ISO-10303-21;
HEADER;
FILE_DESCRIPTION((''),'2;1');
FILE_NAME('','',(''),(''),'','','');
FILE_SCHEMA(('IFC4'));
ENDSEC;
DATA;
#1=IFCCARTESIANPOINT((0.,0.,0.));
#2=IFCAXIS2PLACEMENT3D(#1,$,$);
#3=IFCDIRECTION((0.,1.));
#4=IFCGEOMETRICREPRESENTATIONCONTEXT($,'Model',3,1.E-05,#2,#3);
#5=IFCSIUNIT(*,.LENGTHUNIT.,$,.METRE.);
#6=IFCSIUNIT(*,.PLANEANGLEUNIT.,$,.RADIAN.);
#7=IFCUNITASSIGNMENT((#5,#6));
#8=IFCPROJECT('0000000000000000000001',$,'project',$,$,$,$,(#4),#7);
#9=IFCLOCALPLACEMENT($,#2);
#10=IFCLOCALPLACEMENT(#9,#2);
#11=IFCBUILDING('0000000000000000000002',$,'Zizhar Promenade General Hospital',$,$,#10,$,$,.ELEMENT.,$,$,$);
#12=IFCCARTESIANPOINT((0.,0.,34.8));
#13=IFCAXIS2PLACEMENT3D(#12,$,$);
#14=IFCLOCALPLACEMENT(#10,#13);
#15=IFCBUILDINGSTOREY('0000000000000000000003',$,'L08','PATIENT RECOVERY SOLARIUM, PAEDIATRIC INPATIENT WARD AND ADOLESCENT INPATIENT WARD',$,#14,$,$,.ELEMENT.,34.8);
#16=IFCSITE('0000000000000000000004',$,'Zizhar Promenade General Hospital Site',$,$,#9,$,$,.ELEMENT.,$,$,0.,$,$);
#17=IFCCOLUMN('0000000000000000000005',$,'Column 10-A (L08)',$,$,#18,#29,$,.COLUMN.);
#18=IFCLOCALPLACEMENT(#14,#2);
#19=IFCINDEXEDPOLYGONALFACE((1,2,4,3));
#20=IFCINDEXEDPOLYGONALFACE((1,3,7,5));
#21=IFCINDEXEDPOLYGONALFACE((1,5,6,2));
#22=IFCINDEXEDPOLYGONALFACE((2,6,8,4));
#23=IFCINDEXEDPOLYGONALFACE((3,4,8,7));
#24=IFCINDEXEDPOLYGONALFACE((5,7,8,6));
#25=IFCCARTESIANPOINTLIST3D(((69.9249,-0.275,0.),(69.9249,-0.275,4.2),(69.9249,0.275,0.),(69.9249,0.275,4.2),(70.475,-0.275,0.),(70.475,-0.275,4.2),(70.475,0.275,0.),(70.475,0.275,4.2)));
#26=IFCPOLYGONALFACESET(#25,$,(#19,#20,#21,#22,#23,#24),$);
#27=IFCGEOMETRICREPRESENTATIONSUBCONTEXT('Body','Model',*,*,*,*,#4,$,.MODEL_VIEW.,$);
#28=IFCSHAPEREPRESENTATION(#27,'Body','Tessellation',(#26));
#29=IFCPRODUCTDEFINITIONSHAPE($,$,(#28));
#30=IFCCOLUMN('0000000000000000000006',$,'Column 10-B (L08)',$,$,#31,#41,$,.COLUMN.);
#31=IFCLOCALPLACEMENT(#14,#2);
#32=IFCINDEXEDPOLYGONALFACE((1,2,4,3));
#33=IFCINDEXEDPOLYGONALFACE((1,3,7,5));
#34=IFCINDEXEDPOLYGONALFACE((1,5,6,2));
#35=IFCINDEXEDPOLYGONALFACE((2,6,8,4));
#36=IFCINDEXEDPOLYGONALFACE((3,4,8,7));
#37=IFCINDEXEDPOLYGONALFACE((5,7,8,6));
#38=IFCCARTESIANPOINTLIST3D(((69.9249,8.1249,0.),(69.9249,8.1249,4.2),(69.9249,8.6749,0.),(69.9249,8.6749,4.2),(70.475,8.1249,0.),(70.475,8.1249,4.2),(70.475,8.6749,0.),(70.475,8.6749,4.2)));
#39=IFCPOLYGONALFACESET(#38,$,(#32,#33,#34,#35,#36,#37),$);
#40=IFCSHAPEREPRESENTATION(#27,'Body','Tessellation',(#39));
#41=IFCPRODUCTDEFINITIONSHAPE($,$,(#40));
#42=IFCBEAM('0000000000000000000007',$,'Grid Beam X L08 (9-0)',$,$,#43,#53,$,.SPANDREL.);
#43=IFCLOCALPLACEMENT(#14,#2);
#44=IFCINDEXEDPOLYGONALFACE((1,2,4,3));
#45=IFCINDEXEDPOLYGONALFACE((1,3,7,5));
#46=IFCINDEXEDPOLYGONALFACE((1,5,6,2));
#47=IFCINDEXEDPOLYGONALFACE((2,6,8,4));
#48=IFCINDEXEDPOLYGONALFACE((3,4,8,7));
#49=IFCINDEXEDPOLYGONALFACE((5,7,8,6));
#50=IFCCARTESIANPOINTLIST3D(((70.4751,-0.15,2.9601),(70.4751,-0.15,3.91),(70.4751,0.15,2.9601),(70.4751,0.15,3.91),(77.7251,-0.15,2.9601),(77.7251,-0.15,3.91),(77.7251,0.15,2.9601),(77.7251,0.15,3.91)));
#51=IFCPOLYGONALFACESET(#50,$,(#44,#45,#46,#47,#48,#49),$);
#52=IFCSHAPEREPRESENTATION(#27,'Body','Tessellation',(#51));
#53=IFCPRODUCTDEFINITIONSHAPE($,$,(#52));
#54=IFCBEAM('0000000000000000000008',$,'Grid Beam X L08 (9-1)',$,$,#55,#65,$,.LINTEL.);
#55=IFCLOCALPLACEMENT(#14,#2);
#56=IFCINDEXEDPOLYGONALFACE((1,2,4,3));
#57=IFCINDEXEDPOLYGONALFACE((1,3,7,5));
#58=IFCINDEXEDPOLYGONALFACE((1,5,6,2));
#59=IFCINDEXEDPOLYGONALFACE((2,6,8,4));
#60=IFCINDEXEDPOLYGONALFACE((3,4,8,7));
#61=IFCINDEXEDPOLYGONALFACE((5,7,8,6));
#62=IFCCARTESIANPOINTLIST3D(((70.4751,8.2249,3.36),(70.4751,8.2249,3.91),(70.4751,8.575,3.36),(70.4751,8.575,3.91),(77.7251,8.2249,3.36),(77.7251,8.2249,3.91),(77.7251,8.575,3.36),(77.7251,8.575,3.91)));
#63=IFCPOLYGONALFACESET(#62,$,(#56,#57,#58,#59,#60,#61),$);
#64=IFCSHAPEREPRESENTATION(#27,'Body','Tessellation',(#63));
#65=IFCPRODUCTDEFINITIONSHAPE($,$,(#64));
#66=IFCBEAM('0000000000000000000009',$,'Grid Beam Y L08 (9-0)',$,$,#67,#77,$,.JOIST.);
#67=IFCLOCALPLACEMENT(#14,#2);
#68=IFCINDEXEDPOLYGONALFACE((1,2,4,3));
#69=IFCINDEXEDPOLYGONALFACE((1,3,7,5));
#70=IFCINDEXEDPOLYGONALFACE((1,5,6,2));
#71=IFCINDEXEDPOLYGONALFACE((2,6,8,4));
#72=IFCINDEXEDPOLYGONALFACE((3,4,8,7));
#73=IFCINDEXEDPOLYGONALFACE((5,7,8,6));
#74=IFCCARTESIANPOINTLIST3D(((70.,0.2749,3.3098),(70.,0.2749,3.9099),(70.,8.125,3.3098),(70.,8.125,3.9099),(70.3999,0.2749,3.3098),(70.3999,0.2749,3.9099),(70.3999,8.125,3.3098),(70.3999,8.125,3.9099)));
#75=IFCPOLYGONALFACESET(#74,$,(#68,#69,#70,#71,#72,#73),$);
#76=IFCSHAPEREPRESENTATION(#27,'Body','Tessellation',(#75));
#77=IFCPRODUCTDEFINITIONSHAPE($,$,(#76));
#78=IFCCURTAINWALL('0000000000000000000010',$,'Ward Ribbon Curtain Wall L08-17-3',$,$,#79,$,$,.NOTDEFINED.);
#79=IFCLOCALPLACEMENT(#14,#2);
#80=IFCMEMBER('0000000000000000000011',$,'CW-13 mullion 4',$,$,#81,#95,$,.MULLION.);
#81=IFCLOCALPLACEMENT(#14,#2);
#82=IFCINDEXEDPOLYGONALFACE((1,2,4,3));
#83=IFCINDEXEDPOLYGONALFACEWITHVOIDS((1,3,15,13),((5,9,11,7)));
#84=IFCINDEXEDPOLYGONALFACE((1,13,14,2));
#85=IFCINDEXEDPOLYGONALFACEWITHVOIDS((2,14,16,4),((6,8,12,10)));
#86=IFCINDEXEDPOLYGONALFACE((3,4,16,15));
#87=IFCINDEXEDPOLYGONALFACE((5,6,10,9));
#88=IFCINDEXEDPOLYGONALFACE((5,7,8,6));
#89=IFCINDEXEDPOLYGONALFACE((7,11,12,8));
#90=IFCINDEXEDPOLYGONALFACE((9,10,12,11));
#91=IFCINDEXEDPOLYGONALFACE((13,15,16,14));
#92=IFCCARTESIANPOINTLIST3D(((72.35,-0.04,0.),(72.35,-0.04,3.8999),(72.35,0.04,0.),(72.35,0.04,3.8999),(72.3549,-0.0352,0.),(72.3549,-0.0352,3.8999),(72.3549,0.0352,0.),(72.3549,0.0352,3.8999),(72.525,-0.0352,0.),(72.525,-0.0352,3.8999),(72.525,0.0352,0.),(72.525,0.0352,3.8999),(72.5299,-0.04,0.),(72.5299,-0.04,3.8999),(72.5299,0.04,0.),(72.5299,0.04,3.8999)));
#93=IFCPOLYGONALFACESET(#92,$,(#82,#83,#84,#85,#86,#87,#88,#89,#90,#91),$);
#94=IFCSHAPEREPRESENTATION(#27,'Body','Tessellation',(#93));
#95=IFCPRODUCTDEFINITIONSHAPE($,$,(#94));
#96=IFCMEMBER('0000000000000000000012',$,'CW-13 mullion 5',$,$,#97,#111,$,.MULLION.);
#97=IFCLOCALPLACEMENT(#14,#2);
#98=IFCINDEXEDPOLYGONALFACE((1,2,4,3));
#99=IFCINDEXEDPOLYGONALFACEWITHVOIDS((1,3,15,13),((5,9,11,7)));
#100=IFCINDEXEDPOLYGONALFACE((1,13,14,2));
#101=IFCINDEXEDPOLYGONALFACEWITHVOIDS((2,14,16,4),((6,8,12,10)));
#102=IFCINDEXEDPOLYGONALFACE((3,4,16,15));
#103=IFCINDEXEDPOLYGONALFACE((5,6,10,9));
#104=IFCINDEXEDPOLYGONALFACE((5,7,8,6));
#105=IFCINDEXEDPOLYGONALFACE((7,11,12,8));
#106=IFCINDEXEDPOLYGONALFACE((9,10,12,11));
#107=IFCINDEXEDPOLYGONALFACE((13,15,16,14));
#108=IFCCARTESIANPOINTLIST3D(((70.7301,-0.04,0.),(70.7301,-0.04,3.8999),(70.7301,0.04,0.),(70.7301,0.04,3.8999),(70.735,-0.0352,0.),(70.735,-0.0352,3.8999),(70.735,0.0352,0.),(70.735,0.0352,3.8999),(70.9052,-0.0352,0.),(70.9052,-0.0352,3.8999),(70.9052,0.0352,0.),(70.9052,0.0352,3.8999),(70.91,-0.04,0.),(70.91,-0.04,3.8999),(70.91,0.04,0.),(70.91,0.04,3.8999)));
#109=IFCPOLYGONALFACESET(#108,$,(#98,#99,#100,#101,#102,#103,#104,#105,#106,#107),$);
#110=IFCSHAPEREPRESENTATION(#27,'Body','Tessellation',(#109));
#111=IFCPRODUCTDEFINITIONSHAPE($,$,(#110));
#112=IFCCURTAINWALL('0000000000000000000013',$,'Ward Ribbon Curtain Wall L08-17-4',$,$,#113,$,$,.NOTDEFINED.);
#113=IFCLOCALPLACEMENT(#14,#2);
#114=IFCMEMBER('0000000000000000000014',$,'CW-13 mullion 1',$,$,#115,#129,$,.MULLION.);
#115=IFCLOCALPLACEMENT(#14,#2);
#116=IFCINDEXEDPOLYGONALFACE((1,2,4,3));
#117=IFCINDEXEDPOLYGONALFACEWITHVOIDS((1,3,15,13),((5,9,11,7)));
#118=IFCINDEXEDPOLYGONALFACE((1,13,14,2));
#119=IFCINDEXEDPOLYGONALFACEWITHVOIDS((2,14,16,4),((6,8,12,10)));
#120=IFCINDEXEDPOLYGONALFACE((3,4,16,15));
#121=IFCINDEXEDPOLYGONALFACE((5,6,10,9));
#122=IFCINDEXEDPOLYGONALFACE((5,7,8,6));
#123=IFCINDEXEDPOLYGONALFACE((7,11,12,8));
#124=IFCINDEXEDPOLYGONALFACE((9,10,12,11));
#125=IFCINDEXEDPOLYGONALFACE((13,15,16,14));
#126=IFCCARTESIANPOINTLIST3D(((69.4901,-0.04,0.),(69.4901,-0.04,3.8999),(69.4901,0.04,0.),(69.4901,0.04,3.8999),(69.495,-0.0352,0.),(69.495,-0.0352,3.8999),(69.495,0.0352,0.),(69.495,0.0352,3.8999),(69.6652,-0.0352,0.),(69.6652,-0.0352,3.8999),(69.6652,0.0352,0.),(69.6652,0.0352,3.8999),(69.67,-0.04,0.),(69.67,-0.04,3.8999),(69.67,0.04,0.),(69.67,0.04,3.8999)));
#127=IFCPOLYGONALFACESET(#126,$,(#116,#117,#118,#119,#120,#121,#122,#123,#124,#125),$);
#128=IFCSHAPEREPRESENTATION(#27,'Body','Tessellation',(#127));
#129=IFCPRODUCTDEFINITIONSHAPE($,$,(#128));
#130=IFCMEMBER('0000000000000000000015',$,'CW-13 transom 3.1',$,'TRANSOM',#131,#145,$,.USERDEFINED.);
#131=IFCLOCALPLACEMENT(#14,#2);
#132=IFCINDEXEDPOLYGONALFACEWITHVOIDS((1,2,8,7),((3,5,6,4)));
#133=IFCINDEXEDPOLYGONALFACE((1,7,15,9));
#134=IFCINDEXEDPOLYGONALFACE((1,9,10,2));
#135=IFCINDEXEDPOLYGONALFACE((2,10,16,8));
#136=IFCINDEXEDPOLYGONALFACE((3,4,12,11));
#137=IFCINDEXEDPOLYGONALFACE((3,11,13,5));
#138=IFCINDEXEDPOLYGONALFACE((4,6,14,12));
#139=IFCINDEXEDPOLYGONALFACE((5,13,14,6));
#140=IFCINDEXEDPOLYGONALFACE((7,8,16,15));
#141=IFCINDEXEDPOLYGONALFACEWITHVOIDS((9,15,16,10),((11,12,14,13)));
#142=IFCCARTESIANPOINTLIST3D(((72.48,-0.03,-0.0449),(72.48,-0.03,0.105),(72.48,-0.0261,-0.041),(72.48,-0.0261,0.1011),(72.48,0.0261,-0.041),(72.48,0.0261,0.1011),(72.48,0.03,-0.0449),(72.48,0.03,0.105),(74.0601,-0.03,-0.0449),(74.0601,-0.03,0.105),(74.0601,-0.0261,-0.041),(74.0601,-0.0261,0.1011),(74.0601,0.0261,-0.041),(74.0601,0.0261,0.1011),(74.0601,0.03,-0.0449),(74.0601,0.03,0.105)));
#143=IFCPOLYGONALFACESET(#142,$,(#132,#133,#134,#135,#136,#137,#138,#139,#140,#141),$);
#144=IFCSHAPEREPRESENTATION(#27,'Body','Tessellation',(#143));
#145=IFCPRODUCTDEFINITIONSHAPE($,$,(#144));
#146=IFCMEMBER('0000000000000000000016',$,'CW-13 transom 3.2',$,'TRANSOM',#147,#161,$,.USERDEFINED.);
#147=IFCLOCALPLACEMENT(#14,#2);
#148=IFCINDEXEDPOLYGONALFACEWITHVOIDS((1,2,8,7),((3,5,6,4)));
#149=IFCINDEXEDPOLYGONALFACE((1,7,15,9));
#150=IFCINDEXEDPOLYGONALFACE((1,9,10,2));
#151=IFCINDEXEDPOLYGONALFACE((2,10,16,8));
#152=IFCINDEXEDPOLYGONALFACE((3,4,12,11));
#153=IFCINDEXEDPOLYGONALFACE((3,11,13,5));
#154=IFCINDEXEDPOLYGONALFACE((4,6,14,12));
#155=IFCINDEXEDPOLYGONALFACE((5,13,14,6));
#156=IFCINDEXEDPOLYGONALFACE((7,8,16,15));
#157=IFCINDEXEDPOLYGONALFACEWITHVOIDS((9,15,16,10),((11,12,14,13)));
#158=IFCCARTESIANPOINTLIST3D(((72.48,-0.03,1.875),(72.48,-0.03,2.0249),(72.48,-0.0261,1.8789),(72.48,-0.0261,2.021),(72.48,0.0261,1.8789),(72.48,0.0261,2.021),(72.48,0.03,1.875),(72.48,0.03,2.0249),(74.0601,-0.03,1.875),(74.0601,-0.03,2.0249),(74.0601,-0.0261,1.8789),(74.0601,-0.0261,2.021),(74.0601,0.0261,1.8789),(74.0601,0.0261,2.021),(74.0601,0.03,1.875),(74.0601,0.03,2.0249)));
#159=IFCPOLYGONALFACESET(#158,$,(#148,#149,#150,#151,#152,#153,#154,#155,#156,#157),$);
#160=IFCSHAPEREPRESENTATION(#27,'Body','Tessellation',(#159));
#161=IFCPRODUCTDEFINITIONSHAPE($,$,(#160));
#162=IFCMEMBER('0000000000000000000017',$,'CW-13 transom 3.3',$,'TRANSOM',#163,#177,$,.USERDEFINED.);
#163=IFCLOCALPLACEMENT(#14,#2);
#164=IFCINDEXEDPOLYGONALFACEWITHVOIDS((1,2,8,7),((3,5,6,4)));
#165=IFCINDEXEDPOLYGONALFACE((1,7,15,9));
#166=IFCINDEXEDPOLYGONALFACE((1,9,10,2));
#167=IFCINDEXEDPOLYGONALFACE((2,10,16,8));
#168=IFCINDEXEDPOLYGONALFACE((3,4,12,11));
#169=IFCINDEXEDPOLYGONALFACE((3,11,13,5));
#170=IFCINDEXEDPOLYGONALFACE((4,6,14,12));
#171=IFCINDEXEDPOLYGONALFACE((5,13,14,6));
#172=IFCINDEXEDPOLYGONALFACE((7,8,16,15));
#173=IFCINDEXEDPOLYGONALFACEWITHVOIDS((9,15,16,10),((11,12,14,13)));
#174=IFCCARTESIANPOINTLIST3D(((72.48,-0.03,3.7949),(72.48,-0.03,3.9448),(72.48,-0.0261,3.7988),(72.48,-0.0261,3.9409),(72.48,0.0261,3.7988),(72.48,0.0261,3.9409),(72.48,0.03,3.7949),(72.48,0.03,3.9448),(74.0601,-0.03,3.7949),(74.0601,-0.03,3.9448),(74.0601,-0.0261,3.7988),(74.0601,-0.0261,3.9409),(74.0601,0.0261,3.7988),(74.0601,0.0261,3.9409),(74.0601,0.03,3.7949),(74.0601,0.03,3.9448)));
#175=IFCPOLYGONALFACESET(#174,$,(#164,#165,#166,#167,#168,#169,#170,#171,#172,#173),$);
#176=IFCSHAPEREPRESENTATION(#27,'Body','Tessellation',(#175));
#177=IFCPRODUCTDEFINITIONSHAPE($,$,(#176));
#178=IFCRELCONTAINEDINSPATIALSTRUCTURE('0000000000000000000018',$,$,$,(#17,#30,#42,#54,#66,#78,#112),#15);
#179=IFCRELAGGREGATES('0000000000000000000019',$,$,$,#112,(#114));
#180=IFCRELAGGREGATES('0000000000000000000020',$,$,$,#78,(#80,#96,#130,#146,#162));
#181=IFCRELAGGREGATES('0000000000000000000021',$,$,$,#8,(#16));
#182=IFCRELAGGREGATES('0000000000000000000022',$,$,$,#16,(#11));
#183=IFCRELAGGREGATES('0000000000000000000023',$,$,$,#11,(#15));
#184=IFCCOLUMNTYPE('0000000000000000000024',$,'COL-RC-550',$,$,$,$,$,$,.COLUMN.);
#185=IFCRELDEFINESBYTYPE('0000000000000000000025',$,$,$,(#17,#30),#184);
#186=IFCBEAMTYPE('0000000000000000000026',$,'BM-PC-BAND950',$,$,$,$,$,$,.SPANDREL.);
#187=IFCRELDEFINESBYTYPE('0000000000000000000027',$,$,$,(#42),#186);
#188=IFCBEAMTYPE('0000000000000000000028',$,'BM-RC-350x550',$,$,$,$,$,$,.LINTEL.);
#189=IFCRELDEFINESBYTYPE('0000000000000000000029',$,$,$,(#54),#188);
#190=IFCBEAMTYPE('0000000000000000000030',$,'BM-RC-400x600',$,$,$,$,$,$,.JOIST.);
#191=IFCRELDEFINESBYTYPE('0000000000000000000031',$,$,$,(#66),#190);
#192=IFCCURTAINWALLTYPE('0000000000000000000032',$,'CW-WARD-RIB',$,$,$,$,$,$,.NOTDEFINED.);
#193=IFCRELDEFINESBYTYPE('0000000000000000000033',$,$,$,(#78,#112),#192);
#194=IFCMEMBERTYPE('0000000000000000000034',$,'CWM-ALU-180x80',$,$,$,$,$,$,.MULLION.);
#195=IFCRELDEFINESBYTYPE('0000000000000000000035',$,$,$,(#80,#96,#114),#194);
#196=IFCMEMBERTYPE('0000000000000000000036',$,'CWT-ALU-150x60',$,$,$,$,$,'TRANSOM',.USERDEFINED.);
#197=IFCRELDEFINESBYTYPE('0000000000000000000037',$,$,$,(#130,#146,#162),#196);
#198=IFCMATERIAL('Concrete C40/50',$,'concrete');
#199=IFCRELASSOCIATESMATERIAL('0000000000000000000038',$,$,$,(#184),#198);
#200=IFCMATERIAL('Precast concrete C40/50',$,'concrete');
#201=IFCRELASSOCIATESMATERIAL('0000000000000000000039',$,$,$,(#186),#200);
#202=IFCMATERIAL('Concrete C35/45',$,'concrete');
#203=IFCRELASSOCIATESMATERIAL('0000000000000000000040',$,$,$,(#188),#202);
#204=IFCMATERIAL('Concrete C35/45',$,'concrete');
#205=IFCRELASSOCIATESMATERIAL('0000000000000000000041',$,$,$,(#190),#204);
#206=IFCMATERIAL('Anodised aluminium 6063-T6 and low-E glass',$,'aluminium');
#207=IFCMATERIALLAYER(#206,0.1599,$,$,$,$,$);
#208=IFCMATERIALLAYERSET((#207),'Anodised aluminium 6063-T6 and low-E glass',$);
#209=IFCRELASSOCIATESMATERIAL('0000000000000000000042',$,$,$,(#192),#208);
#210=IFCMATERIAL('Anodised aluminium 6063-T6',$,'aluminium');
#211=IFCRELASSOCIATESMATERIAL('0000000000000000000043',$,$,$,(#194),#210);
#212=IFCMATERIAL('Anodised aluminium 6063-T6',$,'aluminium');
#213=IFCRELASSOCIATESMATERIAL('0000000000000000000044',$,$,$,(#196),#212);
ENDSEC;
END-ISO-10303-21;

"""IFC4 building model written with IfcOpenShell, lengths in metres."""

from ifc_helpers import new_model, si_unit, direction, frame, origin, origin_2d, place, context, subcontext, project, spatial, rectangle, hollow_rectangle, extrude, material, layer, layer_set, material_profile, profile_set, type_object, element, aggregate, save


model = new_model("IFC4")

# Units and contexts
model_context = context("Model", 3, precision=1e-05, world=origin(), true_north=direction((0.0, 1.0)))
body_context = subcontext(model_context, "Body", "Model", "MODEL_VIEW")
ifc_project = project(units=[si_unit("LENGTHUNIT", "METRE"), si_unit("PLANEANGLEUNIT", "RADIAN")], contexts=[model_context])

# Site, building, storey
site_placement = place(None, origin())
site = spatial("IfcSite", under=ifc_project, at=site_placement, Name="Zizhar Promenade General Hospital Site", CompositionType="ELEMENT", RefElevation=0.0)
building_placement = place(site_placement, origin())
building = spatial("IfcBuilding", under=site, at=building_placement, Name="Zizhar Promenade General Hospital", CompositionType="ELEMENT")
storey_placement = place(building_placement, frame((0.0, 0.0, 34.8)))
storey = spatial("IfcBuildingStorey", under=building, at=storey_placement, Name="L08", Description="PATIENT RECOVERY SOLARIUM, PAEDIATRIC INPATIENT WARD AND ADOLESCENT INPATIENT WARD", CompositionType="ELEMENT", Elevation=34.8)

# Columns
ifc_material_1 = material(Name="Concrete C40/50", Category="concrete")
ifc_material_profile_1 = material_profile(ifc_material_1, rectangle(XDim=0.55, YDim=0.55, at=origin_2d()))
ifc_profile_set_1 = profile_set([ifc_material_profile_1], Name="Concrete C40/50")
column_type = type_object("IfcColumnType", Name="COL-RC-550", PredefinedType="COLUMN", material=ifc_profile_set_1)
for number, where, z_axis, x_axis, name in (
    (1, (70.2, 0.0, 0.0), (0.0, 0.0, 1.0), (1.0, 0.0, 0.0), "Column 10-A (L08)"),
    (2, (70.2, 8.3999, 0.0), (0.0, 0.0, 1.0), (1.0, 0.0, 0.0), "Column 10-B (L08)"),
):
    element("IfcColumn", number, at=place(storey_placement, frame(where, z_axis=z_axis, x_axis=x_axis)), inside=storey, type_object=column_type, Name=name, PredefinedType="COLUMN", context=body_context, shape_type="SweptSolid", body=[
        extrude(rectangle(XDim=0.55, YDim=0.55, at=origin_2d()), origin(), (0.0, 0.0, 1.0), 4.2),
    ])

# Beams
ifc_material_2 = material(Name="Precast concrete C40/50", Category="concrete")
ifc_material_profile_2 = material_profile(ifc_material_2, rectangle(XDim=0.3, YDim=0.95, at=origin_2d()))
ifc_profile_set_2 = profile_set([ifc_material_profile_2], Name="Precast concrete C40/50")
beam_type_1 = type_object("IfcBeamType", Name="BM-PC-BAND950", PredefinedType="SPANDREL", material=ifc_profile_set_2)
beam_1_placement = place(storey_placement, frame((70.4751, 0.0, 3.4351), z_axis=(1.0, 0.0, 0.0), x_axis=(0.0, 1.0, 0.0)))
element("IfcBeam", 3, at=beam_1_placement, inside=storey, type_object=beam_type_1, Name="Grid Beam X L08 (9-0)", PredefinedType="SPANDREL", context=body_context, shape_type="SweptSolid", body=[
    extrude(rectangle(XDim=0.3, YDim=0.95, at=origin_2d()), origin(), (0.0, 0.0, 1.0), 7.25),
])
ifc_material_3 = material(Name="Concrete C35/45", Category="concrete")
ifc_material_profile_3 = material_profile(ifc_material_3, rectangle(XDim=0.3501, YDim=0.55, at=origin_2d()))
ifc_profile_set_3 = profile_set([ifc_material_profile_3], Name="Concrete C35/45")
beam_type_2 = type_object("IfcBeamType", Name="BM-RC-350x550", PredefinedType="LINTEL", material=ifc_profile_set_3)
beam_2_placement = place(storey_placement, frame((70.4751, 8.3999, 3.635), z_axis=(1.0, 0.0, 0.0), x_axis=(0.0, 1.0, 0.0)))
element("IfcBeam", 4, at=beam_2_placement, inside=storey, type_object=beam_type_2, Name="Grid Beam X L08 (9-1)", PredefinedType="LINTEL", context=body_context, shape_type="SweptSolid", body=[
    extrude(rectangle(XDim=0.3501, YDim=0.55, at=origin_2d()), origin(), (0.0, 0.0, 1.0), 7.25),
])
ifc_material_4 = material(Name="Concrete C35/45", Category="concrete")
ifc_material_profile_4 = material_profile(ifc_material_4, rectangle(XDim=0.3999, YDim=0.6001, at=origin_2d()))
ifc_profile_set_4 = profile_set([ifc_material_profile_4], Name="Concrete C35/45")
beam_type_3 = type_object("IfcBeamType", Name="BM-RC-400x600", PredefinedType="JOIST", material=ifc_profile_set_4)
beam_3_placement = place(storey_placement, frame((70.2, 0.2749, 3.6099), z_axis=(0.0, 1.0, 0.0), x_axis=(-1.0, 0.0, 0.0)))
element("IfcBeam", 5, at=beam_3_placement, inside=storey, type_object=beam_type_3, Name="Grid Beam Y L08 (9-0)", PredefinedType="JOIST", context=body_context, shape_type="SweptSolid", body=[
    extrude(rectangle(XDim=0.3999, YDim=0.6001, at=origin_2d()), origin(), (0.0, 0.0, 1.0), 7.8501),
])

# Curtain wall, members
ifc_material_5 = material(Name="Anodised aluminium 6063-T6 and low-E glass", Category="aluminium")
ifc_layer_1 = layer(ifc_material_5, 0.1599)
ifc_layer_set_1 = layer_set([ifc_layer_1], Name="Anodised aluminium 6063-T6 and low-E glass")
curtain_wall_type = type_object("IfcCurtainWallType", Name="CW-WARD-RIB", PredefinedType="NOTDEFINED", material=ifc_layer_set_1)
curtain_wall_1_placement = place(storey_placement, origin())
curtain_wall_1 = element("IfcCurtainWall", 6, at=curtain_wall_1_placement, inside=storey, type_object=curtain_wall_type, Name="Ward Ribbon Curtain Wall L08-17-3", PredefinedType="NOTDEFINED")
ifc_material_6 = material(Name="Anodised aluminium 6063-T6", Category="aluminium")
ifc_material_profile_5 = material_profile(ifc_material_6, hollow_rectangle(XDim=0.0801, YDim=0.1799, WallThickness=0.0049, at=origin_2d()))
ifc_profile_set_5 = profile_set([ifc_material_profile_5], Name="Anodised aluminium 6063-T6")
member_type_1 = type_object("IfcMemberType", Name="CWM-ALU-180x80", PredefinedType="MULLION", material=ifc_profile_set_5)
member_1_placement = place(storey_placement, frame((72.4399, 0.0, 0.0), z_axis=(0.0, 0.0, 1.0), x_axis=(0.0, -1.0, 0.0)))
member_1 = element("IfcMember", 7, at=member_1_placement, type_object=member_type_1, Name="CW-13 mullion 4", PredefinedType="MULLION", context=body_context, shape_type="SweptSolid", body=[
    extrude(hollow_rectangle(XDim=0.0801, YDim=0.1799, WallThickness=0.0049, at=origin_2d()), origin(), (0.0, 0.0, 1.0), 3.8999),
])
member_2_placement = place(storey_placement, frame((70.8201, 0.0, 0.0), z_axis=(0.0, 0.0, 1.0), x_axis=(0.0, -1.0, 0.0)))
member_2 = element("IfcMember", 8, at=member_2_placement, type_object=member_type_1, Name="CW-13 mullion 5", PredefinedType="MULLION", context=body_context, shape_type="SweptSolid", body=[
    extrude(hollow_rectangle(XDim=0.0801, YDim=0.1799, WallThickness=0.0049, at=origin_2d()), origin(), (0.0, 0.0, 1.0), 3.8999),
])

# Curtain wall, member
curtain_wall_2_placement = place(storey_placement, origin())
curtain_wall_2 = element("IfcCurtainWall", 9, at=curtain_wall_2_placement, inside=storey, type_object=curtain_wall_type, Name="Ward Ribbon Curtain Wall L08-17-4", PredefinedType="NOTDEFINED")
member_3_placement = place(storey_placement, frame((69.5801, 0.0, 0.0), z_axis=(0.0, 0.0, 1.0), x_axis=(0.0, -1.0, 0.0)))
member_3 = element("IfcMember", 10, at=member_3_placement, type_object=member_type_1, Name="CW-13 mullion 1", PredefinedType="MULLION", context=body_context, shape_type="SweptSolid", body=[
    extrude(hollow_rectangle(XDim=0.0801, YDim=0.1799, WallThickness=0.0049, at=origin_2d()), origin(), (0.0, 0.0, 1.0), 3.8999),
])
aggregate(curtain_wall_2, [member_3])

# Members
ifc_material_7 = material(Name="Anodised aluminium 6063-T6", Category="aluminium")
ifc_material_profile_6 = material_profile(ifc_material_7, hollow_rectangle(XDim=0.0601, YDim=0.1499, WallThickness=0.0039, at=origin_2d()))
ifc_profile_set_6 = profile_set([ifc_material_profile_6], Name="Anodised aluminium 6063-T6")
member_type_2 = type_object("IfcMemberType", Name="CWT-ALU-150x60", ElementType="TRANSOM", PredefinedType="USERDEFINED", material=ifc_profile_set_6)
member_4_placement = place(storey_placement, frame((74.0601, 0.0, 0.03), z_axis=(-1.0, 0.0, 0.0), x_axis=(0.0, -1.0, 0.0)))
member_4 = element("IfcMember", 11, at=member_4_placement, type_object=member_type_2, Name="CW-13 transom 3.1", ObjectType="TRANSOM", PredefinedType="USERDEFINED", context=body_context, shape_type="SweptSolid", body=[
    extrude(hollow_rectangle(XDim=0.0601, YDim=0.1499, WallThickness=0.0039, at=origin_2d()), origin(), (0.0, 0.0, 1.0), 1.5801),
])
member_5_placement = place(storey_placement, frame((74.0601, 0.0, 1.95), z_axis=(-1.0, 0.0, 0.0), x_axis=(0.0, -1.0, 0.0)))
member_5 = element("IfcMember", 12, at=member_5_placement, type_object=member_type_2, Name="CW-13 transom 3.2", ObjectType="TRANSOM", PredefinedType="USERDEFINED", context=body_context, shape_type="SweptSolid", body=[
    extrude(hollow_rectangle(XDim=0.0601, YDim=0.1499, WallThickness=0.0039, at=origin_2d()), origin(), (0.0, 0.0, 1.0), 1.5801),
])
member_6_placement = place(storey_placement, frame((74.0601, 0.0, 3.8699), z_axis=(-1.0, 0.0, 0.0), x_axis=(0.0, -1.0, 0.0)))
member_6 = element("IfcMember", 13, at=member_6_placement, type_object=member_type_2, Name="CW-13 transom 3.3", ObjectType="TRANSOM", PredefinedType="USERDEFINED", context=body_context, shape_type="SweptSolid", body=[
    extrude(hollow_rectangle(XDim=0.0601, YDim=0.1499, WallThickness=0.0039, at=origin_2d()), origin(), (0.0, 0.0, 1.0), 1.5801),
])

aggregate(curtain_wall_1, [member_1, member_2, member_4, member_5, member_6])

save(model, "model.ifc")
